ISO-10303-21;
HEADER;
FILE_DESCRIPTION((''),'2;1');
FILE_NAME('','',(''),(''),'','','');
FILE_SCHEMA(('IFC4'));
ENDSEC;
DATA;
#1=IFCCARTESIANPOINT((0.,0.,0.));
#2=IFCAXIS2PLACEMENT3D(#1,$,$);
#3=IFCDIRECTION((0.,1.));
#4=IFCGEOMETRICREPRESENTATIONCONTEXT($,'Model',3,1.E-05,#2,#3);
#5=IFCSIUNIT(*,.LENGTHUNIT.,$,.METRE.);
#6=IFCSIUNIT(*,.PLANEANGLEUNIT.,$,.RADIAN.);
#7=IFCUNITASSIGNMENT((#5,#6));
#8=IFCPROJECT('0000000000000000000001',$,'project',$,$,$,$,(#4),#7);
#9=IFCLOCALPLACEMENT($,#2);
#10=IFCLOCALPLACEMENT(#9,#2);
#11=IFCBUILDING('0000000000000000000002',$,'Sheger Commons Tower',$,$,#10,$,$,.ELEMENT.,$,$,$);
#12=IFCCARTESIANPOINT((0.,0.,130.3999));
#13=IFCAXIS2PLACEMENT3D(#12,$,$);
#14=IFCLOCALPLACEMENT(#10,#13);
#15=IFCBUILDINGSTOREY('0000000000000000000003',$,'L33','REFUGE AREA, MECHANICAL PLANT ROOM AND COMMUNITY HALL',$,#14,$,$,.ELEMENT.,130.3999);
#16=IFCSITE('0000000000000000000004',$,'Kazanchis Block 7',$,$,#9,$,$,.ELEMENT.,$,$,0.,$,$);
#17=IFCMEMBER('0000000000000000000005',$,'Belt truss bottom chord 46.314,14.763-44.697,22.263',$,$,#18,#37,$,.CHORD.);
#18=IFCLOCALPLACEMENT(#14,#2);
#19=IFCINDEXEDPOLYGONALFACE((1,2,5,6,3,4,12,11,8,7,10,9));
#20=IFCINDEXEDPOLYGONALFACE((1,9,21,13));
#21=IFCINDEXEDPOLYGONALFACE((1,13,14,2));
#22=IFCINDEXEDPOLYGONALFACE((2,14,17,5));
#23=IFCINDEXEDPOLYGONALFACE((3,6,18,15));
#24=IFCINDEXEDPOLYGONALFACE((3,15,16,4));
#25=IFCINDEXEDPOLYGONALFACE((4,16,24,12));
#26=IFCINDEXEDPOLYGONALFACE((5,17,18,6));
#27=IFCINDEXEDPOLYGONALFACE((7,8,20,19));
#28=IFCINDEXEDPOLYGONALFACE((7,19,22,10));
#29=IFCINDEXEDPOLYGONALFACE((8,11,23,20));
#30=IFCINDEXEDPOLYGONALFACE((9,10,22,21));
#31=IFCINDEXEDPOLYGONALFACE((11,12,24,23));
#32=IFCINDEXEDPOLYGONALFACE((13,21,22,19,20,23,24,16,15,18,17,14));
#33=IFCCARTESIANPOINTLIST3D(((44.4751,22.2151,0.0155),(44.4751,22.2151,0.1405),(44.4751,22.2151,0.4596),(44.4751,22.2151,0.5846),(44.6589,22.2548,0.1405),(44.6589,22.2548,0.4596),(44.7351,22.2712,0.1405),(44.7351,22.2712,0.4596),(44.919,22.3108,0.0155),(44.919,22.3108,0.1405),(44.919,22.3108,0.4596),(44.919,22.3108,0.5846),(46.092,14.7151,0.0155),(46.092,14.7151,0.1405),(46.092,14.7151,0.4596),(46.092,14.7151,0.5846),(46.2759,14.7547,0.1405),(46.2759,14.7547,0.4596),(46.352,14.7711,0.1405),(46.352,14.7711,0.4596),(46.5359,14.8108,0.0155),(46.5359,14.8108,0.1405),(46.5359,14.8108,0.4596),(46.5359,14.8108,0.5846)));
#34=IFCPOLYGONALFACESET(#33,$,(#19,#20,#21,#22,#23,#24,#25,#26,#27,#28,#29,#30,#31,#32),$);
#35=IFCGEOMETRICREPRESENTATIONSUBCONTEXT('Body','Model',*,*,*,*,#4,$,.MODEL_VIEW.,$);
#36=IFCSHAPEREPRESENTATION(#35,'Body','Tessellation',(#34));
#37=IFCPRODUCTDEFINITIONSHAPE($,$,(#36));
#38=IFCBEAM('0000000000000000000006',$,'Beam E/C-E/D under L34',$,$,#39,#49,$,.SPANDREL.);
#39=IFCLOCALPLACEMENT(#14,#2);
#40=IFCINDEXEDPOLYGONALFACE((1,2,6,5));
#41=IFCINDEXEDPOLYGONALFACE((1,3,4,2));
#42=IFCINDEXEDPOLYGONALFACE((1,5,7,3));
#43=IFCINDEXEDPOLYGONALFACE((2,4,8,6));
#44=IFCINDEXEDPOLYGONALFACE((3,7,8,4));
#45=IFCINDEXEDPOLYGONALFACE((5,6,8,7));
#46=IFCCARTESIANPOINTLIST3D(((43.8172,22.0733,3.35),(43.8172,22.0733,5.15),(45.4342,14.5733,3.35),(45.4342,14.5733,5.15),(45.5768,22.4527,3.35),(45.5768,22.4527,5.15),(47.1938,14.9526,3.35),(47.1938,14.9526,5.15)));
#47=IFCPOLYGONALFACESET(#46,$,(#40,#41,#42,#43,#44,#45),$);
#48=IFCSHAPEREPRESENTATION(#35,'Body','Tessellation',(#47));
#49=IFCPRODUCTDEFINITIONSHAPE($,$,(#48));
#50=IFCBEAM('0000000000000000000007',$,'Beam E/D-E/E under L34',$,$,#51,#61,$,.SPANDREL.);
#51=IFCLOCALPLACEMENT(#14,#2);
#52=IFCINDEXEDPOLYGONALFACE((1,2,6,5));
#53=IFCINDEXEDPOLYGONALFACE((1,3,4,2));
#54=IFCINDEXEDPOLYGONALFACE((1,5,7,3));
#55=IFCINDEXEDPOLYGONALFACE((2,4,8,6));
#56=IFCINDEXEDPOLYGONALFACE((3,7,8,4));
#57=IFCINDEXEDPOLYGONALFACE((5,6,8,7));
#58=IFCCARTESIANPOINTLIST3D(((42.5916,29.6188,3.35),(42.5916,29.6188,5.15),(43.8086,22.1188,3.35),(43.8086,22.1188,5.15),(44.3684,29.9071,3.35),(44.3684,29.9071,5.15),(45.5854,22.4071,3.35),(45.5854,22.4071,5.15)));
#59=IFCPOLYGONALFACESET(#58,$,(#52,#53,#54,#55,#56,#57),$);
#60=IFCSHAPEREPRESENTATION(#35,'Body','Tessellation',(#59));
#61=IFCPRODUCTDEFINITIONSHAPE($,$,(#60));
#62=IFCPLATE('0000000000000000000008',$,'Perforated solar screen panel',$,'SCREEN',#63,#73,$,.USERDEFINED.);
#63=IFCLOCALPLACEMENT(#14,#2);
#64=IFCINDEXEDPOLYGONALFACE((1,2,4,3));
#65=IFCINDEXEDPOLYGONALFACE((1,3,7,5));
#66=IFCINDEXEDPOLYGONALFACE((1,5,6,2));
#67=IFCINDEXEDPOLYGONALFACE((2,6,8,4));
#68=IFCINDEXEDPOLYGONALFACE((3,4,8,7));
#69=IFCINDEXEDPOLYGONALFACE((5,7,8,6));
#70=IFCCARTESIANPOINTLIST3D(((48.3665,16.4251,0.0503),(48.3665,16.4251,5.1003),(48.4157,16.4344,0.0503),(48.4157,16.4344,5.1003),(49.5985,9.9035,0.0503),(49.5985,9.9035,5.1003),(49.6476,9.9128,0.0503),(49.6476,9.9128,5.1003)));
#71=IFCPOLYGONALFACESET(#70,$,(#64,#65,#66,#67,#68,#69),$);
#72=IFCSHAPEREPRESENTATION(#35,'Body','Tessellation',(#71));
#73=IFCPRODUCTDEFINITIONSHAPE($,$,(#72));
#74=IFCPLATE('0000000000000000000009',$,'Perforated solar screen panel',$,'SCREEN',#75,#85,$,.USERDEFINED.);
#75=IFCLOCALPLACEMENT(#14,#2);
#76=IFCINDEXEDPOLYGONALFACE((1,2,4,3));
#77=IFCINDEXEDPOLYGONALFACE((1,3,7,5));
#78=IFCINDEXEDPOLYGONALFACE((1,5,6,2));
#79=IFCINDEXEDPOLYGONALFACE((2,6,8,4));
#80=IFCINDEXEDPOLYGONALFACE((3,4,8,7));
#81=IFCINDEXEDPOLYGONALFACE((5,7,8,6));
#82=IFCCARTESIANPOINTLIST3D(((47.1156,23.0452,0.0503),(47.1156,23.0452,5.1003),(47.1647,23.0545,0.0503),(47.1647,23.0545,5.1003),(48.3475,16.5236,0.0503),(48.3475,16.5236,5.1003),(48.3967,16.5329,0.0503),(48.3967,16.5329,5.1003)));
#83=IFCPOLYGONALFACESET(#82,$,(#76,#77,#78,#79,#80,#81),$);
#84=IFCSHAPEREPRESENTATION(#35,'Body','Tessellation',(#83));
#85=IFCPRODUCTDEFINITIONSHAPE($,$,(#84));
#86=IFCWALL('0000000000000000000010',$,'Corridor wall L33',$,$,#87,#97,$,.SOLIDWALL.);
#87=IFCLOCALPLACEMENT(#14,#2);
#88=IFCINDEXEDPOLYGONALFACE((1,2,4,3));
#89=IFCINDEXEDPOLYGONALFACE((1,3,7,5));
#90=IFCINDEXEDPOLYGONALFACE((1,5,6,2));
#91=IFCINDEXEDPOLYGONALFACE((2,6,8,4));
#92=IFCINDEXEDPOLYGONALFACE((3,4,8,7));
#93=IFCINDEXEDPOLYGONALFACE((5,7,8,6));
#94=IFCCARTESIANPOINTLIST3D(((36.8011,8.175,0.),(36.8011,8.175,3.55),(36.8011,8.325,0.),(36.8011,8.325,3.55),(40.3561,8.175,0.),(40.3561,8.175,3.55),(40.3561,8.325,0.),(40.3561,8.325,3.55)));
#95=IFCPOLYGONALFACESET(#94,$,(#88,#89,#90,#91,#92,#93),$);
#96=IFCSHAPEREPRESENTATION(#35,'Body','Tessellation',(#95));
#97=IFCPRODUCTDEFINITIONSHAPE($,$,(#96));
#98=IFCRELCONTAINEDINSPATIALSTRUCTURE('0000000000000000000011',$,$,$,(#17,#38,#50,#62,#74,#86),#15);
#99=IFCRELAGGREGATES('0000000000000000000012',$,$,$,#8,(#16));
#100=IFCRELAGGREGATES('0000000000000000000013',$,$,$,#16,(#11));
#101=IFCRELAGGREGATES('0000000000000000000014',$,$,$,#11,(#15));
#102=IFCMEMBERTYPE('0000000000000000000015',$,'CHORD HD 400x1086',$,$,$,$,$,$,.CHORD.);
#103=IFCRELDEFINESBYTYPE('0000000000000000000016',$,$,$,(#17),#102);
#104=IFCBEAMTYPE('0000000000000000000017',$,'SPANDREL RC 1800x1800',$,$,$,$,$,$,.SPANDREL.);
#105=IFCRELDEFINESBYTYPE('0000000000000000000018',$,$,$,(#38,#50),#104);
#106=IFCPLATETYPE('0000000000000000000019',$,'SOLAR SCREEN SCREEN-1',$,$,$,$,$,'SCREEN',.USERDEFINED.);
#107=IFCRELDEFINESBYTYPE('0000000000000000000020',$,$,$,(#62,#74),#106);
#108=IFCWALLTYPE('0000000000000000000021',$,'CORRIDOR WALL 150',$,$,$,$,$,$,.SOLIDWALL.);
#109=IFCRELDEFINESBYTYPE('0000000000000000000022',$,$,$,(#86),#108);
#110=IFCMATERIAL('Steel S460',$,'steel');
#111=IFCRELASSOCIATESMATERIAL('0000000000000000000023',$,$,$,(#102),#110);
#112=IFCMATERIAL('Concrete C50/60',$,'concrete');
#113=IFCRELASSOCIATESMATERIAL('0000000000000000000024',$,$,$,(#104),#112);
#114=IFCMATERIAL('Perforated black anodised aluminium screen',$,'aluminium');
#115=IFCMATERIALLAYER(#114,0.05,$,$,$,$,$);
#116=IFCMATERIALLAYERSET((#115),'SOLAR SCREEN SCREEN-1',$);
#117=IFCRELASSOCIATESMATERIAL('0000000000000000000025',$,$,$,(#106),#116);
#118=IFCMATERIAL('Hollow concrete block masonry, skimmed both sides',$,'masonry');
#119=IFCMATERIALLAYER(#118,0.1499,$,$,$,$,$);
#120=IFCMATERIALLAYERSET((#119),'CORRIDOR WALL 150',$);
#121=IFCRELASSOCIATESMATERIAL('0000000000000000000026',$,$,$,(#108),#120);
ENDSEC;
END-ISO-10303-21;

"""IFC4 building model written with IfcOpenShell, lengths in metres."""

from ifc_helpers import new_model, si_unit, direction, frame, frame_2d, origin, origin_2d, place, context, subcontext, project, spatial, rectangle, i_section, extrude, material, layer, layer_set, material_profile, profile_set, type_object, element, save


model = new_model("IFC4")

# Units and contexts
model_context = context("Model", 3, precision=1e-05, world=origin(), true_north=direction((0.0, 1.0)))
body_context = subcontext(model_context, "Body", "Model", "MODEL_VIEW")
ifc_project = project(units=[si_unit("LENGTHUNIT", "METRE"), si_unit("PLANEANGLEUNIT", "RADIAN")], contexts=[model_context])

# Site, building, storey
site_placement = place(None, origin())
site = spatial("IfcSite", under=ifc_project, at=site_placement, Name="Kazanchis Block 7", CompositionType="ELEMENT", RefElevation=0.0)
building_placement = place(site_placement, origin())
building = spatial("IfcBuilding", under=site, at=building_placement, Name="Sheger Commons Tower", CompositionType="ELEMENT")
storey_placement = place(building_placement, frame((0.0, 0.0, 130.3999)))
storey = spatial("IfcBuildingStorey", under=building, at=storey_placement, Name="L33", Description="REFUGE AREA, MECHANICAL PLANT ROOM AND COMMUNITY HALL", CompositionType="ELEMENT", Elevation=130.3999)

# Member
ifc_material_1 = material(Name="Steel S460", Category="steel")
ifc_material_profile_1 = material_profile(ifc_material_1, i_section(OverallWidth=0.4541, OverallDepth=0.5691, WebThickness=0.0779, FlangeThickness=0.125, at=origin_2d()), Name="HD 400x1086")
ifc_profile_set_1 = profile_set([ifc_material_profile_1], Name="Steel S460")
member_type_1 = type_object("IfcMemberType", Name="CHORD HD 400x1086", PredefinedType="CHORD", material=ifc_profile_set_1)
member_1_placement = place(storey_placement, frame((46.314, 14.7629, 0.3), z_axis=(-0.21075, 0.97754, 0.0), x_axis=(-0.97754, -0.21075, 0.0)))
element("IfcMember", 1, at=member_1_placement, inside=storey, type_object=member_type_1, Name="Belt truss bottom chord 46.314,14.763-44.697,22.263", PredefinedType="CHORD", context=body_context, shape_type="SweptSolid", body=[
    extrude(i_section(OverallWidth=0.4541, OverallDepth=0.5691, WebThickness=0.0779, FlangeThickness=0.125, at=origin_2d()), origin(), (0.0, 0.0, 1.0), 7.6724),
])

# Beams
ifc_material_2 = material(Name="Concrete C50/60", Category="concrete")
ifc_material_profile_2 = material_profile(ifc_material_2, rectangle(XDim=1.8, YDim=1.8, at=origin_2d()), Name="RC 1800x1800")
ifc_profile_set_2 = profile_set([ifc_material_profile_2], Name="Concrete C50/60")
beam_type_1 = type_object("IfcBeamType", Name="SPANDREL RC 1800x1800", PredefinedType="SPANDREL", material=ifc_profile_set_2)
beam_1_placement = place(storey_placement, frame((46.314, 14.7629, 4.25), z_axis=(-0.21075, 0.97754, 0.0), x_axis=(-0.97754, -0.21075, 0.0)))
element("IfcBeam", 2, at=beam_1_placement, inside=storey, type_object=beam_type_1, Name="Beam E/C-E/D under L34", PredefinedType="SPANDREL", context=body_context, shape_type="SweptSolid", body=[
    extrude(rectangle(XDim=1.8, YDim=1.8, at=origin_2d()), origin(), (0.0, 0.0, 1.0), 7.6724),
])
beam_2_placement = place(storey_placement, frame((44.697, 22.2629, 4.25), z_axis=(-0.160177, 0.987088, 0.0), x_axis=(-0.987088, -0.160177, 0.0)))
element("IfcBeam", 3, at=beam_2_placement, inside=storey, type_object=beam_type_1, Name="Beam E/D-E/E under L34", PredefinedType="SPANDREL", context=body_context, shape_type="SweptSolid", body=[
    extrude(rectangle(XDim=1.8, YDim=1.8, at=origin_2d()), origin(), (0.0, 0.0, 1.0), 7.5981),
])

# Plates
ifc_material_3 = material(Name="Perforated black anodised aluminium screen", Category="aluminium")
ifc_layer_1 = layer(ifc_material_3, 0.05)
ifc_layer_set_1 = layer_set([ifc_layer_1], Name="SOLAR SCREEN SCREEN-1")
plate_type = type_object("IfcPlateType", Name="SOLAR SCREEN SCREEN-1", ElementType="SCREEN", PredefinedType="USERDEFINED", material=ifc_layer_set_1)
for number, where, z_axis, x_axis, name in (
    (4, (49.0071, 13.1689, 0.0503), (0.0, 0.0, 1.0), (-0.185615, 0.982623, 0.0), "Perforated solar screen panel"),
    (5, (47.7561, 19.7891, 0.0503), (0.0, 0.0, 1.0), (-0.185615, 0.982623, 0.0), "Perforated solar screen panel"),
):
    element("IfcPlate", number, at=place(storey_placement, frame(where, z_axis=z_axis, x_axis=x_axis)), inside=storey, type_object=plate_type, Name=name, ObjectType="SCREEN", PredefinedType="USERDEFINED", context=body_context, shape_type="SweptSolid", body=[
        extrude(rectangle(XDim=6.637, YDim=0.05, at=origin_2d()), origin(), (0.0, 0.0, 1.0), 5.05),
    ])

# Wall
ifc_material_4 = material(Name="Hollow concrete block masonry, skimmed both sides", Category="masonry")
ifc_layer_2 = layer(ifc_material_4, 0.1499)
ifc_layer_set_2 = layer_set([ifc_layer_2], Name="CORRIDOR WALL 150")
wall_type_1 = type_object("IfcWallType", Name="CORRIDOR WALL 150", PredefinedType="SOLIDWALL", material=ifc_layer_set_2)
wall_1_placement = place(storey_placement, frame((40.356, 8.25, 0.0), z_axis=(0.0, 0.0, 1.0), x_axis=(-1.0, 0.0, 0.0)))
element("IfcWall", 6, at=wall_1_placement, inside=storey, type_object=wall_type_1, Name="Corridor wall L33", PredefinedType="SOLIDWALL", context=body_context, shape_type="SweptSolid", body=[
    extrude(rectangle(XDim=3.5549, YDim=0.1499, at=frame_2d((1.7773, 0.0))), origin(), (0.0, 0.0, 1.0), 3.55),
])

save(model, "model.ifc")
